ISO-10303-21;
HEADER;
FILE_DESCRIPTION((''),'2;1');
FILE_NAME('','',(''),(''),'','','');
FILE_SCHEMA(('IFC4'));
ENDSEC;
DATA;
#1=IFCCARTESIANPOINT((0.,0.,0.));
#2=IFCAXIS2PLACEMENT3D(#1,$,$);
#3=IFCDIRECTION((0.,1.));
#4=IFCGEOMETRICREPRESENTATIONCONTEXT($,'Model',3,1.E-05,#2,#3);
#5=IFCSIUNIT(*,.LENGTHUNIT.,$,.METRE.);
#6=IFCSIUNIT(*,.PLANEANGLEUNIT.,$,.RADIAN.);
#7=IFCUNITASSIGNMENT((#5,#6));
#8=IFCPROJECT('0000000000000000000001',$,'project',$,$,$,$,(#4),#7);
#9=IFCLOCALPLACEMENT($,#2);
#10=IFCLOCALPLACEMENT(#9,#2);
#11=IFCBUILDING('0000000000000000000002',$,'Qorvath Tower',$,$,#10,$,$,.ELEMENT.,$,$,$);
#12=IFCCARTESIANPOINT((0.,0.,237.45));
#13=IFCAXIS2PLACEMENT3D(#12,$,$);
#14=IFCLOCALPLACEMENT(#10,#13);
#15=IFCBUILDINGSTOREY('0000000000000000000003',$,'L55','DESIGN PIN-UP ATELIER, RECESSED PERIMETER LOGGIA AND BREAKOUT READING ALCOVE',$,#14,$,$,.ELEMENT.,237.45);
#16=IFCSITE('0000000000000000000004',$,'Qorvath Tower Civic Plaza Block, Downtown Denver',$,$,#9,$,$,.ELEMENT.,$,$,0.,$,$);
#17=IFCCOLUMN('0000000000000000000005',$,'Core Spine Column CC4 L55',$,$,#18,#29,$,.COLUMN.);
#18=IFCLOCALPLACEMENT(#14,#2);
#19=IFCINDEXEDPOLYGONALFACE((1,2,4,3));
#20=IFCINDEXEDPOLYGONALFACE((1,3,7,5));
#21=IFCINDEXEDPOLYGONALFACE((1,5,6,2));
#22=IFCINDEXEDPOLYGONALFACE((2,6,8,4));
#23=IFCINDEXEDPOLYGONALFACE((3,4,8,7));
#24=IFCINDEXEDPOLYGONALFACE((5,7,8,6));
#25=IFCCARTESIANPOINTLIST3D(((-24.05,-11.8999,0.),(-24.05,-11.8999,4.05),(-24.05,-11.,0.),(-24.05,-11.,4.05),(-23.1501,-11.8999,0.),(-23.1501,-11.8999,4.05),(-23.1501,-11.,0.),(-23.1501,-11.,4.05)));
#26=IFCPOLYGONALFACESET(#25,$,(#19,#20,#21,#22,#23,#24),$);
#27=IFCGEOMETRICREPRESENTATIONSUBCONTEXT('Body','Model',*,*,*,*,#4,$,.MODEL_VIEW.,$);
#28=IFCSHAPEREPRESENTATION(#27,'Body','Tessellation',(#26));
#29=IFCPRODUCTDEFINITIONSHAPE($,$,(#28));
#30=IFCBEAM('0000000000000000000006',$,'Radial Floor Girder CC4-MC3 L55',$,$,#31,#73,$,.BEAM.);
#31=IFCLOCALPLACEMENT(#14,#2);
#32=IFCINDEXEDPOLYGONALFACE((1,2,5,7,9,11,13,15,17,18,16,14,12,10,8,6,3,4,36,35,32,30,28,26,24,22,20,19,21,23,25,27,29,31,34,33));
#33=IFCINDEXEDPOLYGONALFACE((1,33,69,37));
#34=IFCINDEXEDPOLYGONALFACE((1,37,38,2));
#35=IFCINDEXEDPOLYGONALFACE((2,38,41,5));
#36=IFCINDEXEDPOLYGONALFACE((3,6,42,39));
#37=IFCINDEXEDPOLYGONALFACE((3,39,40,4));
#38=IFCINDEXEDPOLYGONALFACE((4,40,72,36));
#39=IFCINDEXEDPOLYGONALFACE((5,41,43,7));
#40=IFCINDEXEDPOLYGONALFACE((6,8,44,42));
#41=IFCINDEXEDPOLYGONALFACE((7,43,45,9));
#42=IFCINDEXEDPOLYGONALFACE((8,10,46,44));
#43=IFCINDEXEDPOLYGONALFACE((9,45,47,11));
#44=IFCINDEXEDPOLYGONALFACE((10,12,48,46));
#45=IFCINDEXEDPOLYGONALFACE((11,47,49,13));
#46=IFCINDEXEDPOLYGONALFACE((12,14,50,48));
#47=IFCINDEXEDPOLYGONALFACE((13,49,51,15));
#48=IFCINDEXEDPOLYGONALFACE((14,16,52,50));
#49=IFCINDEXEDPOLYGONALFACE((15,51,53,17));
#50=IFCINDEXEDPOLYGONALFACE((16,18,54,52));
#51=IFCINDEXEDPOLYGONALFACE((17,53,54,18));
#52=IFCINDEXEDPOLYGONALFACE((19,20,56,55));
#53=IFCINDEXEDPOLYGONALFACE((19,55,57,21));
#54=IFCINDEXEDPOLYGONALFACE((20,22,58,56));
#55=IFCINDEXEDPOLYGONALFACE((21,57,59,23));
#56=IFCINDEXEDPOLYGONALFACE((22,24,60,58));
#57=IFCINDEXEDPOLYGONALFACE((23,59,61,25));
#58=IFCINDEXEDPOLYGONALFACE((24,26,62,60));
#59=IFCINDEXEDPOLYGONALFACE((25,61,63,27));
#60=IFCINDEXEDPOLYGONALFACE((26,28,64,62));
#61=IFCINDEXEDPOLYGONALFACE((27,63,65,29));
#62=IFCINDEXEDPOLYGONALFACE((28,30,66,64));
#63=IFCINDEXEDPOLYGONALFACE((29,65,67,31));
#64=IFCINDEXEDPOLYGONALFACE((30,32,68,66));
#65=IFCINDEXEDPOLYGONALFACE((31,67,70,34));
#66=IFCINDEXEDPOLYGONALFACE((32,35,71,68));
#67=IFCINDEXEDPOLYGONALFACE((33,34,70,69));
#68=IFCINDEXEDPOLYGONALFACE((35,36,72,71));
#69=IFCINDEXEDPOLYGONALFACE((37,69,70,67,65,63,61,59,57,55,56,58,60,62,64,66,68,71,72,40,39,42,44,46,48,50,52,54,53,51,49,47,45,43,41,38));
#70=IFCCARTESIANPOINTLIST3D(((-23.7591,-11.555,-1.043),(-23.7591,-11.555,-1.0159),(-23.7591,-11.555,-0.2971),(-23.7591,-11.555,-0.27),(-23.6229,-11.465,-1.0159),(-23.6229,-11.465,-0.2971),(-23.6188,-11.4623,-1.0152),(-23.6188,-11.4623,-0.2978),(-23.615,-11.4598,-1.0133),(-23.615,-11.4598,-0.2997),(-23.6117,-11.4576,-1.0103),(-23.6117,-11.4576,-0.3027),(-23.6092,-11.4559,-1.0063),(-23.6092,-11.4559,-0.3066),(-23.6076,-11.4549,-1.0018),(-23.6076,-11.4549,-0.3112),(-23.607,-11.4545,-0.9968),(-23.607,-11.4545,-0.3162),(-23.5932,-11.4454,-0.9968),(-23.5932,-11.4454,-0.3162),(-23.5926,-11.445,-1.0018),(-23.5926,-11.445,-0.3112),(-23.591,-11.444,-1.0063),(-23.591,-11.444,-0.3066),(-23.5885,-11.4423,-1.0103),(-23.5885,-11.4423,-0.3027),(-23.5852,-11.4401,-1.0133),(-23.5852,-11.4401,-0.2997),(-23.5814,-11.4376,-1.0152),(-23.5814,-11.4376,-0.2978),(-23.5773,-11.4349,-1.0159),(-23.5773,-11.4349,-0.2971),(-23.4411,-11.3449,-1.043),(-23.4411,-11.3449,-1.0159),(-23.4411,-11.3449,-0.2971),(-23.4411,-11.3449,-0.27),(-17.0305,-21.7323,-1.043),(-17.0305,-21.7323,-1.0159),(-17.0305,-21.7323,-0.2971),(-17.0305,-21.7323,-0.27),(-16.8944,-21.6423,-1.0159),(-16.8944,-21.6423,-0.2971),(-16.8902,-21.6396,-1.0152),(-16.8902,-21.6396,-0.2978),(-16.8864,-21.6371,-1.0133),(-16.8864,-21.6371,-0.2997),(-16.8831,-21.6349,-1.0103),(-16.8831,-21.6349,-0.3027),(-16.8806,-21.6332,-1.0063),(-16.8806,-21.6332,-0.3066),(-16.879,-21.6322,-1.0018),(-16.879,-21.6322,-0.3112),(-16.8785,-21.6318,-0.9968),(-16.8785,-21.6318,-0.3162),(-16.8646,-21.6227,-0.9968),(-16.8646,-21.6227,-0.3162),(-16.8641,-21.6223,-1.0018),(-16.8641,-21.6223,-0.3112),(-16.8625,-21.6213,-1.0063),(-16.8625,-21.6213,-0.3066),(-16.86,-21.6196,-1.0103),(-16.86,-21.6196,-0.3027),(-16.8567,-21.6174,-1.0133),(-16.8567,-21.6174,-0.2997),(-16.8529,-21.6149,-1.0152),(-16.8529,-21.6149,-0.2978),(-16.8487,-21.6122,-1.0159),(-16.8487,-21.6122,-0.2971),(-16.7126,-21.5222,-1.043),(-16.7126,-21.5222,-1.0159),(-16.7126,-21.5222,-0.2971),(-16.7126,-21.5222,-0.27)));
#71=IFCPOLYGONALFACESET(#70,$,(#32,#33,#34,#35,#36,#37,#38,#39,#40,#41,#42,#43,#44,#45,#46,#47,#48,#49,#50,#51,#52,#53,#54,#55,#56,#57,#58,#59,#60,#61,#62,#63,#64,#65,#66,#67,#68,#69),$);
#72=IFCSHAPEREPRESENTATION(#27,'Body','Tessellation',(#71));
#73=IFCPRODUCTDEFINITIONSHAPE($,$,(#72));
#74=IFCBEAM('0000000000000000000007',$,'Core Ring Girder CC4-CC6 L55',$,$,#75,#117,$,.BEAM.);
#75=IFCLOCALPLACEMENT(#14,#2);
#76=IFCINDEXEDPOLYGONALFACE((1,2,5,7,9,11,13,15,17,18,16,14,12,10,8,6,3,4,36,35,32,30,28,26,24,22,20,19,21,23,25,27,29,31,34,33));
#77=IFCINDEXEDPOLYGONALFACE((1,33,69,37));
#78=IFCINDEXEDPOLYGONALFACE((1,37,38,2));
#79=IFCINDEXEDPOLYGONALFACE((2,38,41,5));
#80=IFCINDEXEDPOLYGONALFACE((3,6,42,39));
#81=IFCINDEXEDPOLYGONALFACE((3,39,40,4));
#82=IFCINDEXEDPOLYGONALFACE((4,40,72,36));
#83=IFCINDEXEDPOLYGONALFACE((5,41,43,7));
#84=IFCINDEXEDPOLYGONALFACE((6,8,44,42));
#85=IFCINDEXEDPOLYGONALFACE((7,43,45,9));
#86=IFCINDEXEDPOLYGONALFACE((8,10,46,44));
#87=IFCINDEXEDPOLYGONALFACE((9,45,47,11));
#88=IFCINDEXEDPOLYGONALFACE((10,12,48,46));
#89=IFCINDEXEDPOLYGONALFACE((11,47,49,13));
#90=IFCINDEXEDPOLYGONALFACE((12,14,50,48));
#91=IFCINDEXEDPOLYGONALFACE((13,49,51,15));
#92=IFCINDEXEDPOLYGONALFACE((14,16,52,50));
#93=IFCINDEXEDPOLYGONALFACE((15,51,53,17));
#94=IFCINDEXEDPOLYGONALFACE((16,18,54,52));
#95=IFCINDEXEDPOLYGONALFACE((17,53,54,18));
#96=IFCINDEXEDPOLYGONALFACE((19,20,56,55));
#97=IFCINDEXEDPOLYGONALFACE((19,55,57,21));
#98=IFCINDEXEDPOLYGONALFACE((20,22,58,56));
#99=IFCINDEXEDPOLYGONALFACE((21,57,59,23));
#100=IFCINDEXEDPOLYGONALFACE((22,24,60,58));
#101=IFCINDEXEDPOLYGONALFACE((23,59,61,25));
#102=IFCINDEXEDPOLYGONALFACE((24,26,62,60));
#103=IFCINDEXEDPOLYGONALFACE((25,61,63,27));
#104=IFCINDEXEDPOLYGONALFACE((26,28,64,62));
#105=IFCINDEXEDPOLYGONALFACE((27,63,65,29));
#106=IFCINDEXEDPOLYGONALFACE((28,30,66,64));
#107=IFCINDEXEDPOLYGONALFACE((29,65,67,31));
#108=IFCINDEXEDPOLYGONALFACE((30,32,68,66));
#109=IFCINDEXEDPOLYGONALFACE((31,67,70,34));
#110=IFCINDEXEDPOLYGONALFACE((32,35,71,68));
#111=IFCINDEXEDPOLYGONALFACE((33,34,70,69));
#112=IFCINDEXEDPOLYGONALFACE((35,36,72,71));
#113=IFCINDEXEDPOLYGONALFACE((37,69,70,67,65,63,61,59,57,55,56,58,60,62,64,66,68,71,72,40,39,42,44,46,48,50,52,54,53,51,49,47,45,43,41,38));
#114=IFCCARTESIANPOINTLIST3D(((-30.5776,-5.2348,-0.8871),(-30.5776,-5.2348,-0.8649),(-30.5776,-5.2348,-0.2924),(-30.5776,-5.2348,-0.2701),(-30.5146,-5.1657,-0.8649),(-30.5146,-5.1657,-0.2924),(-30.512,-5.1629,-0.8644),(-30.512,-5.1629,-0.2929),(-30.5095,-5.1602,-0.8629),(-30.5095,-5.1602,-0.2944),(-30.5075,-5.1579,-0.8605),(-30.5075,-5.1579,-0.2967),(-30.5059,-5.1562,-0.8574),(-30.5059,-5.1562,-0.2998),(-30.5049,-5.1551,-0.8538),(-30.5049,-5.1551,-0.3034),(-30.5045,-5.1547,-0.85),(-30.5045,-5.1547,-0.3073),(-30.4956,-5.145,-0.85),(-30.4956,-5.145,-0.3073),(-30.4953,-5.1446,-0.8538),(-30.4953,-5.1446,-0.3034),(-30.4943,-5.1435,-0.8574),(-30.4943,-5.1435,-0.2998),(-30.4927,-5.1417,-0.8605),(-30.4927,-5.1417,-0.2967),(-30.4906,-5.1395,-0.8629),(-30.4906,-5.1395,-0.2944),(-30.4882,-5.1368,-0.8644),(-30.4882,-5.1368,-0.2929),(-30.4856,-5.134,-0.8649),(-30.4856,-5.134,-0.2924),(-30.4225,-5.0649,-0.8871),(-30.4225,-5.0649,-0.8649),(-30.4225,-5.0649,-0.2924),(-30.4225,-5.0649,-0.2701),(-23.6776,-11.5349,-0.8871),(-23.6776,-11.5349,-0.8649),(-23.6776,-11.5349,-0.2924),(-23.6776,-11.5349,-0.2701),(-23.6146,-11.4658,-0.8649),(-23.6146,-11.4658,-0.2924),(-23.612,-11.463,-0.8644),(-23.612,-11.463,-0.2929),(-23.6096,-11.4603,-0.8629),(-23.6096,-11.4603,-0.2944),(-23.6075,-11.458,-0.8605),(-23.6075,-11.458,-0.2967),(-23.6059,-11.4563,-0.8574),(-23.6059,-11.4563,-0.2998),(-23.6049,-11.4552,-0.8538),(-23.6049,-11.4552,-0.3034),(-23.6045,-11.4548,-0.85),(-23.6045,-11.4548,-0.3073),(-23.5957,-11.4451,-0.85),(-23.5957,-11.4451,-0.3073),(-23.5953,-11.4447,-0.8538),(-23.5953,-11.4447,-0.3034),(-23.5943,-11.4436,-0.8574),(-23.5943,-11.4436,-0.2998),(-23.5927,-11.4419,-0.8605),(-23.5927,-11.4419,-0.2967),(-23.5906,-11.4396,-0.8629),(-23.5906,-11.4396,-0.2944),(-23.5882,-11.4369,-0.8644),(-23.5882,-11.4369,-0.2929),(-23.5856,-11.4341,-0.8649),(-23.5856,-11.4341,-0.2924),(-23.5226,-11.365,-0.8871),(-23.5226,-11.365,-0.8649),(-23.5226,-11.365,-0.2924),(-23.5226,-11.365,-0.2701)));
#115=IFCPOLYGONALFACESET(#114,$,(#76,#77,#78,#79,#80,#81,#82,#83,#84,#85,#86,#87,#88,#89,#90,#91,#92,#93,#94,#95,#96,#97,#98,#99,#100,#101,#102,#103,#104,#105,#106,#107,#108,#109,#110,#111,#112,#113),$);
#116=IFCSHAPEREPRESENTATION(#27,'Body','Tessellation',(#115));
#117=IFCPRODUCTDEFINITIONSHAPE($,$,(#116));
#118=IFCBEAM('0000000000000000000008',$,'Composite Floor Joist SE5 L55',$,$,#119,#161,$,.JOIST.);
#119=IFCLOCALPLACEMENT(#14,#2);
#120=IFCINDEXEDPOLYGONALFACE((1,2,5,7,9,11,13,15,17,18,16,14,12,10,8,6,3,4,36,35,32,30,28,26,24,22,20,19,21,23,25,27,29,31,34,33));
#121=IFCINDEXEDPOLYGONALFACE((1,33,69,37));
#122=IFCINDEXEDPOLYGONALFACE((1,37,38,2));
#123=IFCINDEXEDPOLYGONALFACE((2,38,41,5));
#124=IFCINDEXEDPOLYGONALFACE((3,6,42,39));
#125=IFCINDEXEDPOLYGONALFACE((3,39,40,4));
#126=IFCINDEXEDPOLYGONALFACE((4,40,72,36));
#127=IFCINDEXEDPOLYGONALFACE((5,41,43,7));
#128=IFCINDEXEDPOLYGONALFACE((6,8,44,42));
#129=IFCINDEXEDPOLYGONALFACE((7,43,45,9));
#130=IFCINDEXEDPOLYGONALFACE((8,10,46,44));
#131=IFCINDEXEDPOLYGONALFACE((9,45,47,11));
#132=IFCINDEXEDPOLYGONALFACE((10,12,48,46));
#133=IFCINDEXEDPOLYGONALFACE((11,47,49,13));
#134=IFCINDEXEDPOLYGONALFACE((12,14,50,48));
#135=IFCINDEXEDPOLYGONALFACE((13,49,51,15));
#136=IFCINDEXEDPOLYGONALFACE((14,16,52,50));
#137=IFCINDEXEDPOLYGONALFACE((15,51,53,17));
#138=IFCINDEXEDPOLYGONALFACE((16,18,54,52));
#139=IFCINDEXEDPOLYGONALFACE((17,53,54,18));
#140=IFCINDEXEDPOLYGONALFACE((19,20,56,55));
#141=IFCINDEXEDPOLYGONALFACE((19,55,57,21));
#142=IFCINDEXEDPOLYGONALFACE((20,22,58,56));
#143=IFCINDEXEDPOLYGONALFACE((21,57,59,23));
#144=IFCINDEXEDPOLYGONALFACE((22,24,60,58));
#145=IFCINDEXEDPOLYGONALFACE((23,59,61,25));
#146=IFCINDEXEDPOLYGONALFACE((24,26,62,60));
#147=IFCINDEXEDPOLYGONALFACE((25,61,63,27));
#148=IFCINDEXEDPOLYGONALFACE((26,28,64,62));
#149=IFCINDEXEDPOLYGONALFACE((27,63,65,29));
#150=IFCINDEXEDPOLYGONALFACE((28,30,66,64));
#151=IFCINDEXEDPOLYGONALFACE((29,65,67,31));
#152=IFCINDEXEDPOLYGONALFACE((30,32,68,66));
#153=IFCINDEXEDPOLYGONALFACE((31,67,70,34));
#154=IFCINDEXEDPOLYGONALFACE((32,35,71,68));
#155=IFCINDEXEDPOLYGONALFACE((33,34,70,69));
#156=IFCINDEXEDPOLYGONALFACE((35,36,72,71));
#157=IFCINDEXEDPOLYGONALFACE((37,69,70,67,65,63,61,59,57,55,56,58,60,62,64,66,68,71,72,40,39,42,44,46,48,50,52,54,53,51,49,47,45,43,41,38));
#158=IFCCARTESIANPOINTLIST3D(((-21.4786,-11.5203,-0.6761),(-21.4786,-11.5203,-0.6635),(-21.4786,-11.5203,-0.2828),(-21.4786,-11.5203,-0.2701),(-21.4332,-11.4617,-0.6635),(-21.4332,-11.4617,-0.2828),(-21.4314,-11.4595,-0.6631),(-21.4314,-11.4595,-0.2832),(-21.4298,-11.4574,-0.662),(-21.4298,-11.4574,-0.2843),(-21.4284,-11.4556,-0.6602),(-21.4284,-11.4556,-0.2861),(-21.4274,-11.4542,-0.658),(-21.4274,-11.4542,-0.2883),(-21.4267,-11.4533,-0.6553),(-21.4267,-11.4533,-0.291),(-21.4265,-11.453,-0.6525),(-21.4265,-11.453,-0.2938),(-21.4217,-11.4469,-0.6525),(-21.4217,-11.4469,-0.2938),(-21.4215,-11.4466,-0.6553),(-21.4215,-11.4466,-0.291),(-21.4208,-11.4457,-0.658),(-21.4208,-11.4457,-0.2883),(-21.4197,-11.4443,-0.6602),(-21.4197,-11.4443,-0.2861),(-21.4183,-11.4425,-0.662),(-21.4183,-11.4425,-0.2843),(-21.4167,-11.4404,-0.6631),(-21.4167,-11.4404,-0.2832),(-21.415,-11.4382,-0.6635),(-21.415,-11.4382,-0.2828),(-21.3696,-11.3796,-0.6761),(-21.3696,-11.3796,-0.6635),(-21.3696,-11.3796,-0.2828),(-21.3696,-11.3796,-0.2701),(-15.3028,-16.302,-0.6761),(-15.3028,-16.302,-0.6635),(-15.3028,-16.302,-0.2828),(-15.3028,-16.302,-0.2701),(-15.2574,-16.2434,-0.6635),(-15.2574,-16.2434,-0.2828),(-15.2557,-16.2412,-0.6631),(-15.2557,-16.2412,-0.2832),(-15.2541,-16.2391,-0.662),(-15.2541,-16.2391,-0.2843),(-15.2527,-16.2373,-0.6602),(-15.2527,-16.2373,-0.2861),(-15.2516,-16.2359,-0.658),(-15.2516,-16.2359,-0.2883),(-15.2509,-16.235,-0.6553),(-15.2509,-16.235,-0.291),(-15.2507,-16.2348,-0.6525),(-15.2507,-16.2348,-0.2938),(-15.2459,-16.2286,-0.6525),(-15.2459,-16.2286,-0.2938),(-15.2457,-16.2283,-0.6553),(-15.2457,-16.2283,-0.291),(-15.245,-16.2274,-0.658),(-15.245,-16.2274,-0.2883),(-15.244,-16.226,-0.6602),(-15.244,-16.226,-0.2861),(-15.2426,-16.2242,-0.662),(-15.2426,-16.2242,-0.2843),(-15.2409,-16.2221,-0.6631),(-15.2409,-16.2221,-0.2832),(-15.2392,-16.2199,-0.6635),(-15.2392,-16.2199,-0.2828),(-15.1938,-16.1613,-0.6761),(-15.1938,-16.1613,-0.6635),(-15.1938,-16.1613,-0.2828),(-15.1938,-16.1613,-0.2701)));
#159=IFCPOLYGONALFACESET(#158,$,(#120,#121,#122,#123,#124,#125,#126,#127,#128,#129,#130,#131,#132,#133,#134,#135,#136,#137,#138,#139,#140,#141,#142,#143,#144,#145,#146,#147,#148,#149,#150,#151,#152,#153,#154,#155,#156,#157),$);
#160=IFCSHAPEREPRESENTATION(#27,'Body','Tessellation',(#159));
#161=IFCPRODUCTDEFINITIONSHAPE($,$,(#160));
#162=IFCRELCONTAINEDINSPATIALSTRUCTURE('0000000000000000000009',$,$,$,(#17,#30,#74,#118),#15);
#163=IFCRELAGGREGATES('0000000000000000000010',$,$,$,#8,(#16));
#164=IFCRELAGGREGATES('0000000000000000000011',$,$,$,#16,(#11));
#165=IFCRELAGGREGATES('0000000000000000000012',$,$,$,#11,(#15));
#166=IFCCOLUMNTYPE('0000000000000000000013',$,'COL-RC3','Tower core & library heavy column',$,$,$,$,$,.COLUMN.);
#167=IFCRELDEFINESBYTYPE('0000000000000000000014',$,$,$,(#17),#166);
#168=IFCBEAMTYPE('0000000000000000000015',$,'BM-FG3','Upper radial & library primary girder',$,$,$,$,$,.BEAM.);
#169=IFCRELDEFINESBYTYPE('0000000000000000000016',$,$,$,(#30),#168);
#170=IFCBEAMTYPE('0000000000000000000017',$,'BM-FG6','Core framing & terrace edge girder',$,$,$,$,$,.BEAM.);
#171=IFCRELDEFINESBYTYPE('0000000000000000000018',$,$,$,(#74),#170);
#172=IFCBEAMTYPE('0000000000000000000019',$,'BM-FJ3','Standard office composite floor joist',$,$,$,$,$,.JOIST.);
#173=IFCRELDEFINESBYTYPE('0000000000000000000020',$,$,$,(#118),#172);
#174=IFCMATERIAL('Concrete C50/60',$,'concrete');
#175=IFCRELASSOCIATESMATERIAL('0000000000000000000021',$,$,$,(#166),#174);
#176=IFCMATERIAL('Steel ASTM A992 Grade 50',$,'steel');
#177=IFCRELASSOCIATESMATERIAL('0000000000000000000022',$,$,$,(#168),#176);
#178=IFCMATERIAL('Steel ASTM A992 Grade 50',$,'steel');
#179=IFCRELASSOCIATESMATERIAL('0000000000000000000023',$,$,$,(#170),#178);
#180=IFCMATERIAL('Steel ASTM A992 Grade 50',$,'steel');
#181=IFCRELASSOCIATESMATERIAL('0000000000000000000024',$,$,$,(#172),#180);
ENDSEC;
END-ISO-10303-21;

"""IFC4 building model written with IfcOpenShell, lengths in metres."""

from ifc_helpers import new_model, si_unit, direction, frame, origin, origin_2d, place, context, subcontext, project, spatial, rectangle, i_section, extrude, material, material_profile, profile_set, type_object, element, save


model = new_model("IFC4")

# Units and contexts
model_context = context("Model", 3, precision=1e-05, world=origin(), true_north=direction((0.0, 1.0)))
body_context = subcontext(model_context, "Body", "Model", "MODEL_VIEW")
ifc_project = project(units=[si_unit("LENGTHUNIT", "METRE"), si_unit("PLANEANGLEUNIT", "RADIAN")], contexts=[model_context])

# Site, building, storey
site_placement = place(None, origin())
site = spatial("IfcSite", under=ifc_project, at=site_placement, Name="Qorvath Tower Civic Plaza Block, Downtown Denver", CompositionType="ELEMENT", RefElevation=0.0)
building_placement = place(site_placement, origin())
building = spatial("IfcBuilding", under=site, at=building_placement, Name="Qorvath Tower", CompositionType="ELEMENT")
storey_placement = place(building_placement, frame((0.0, 0.0, 237.45)))
storey = spatial("IfcBuildingStorey", under=building, at=storey_placement, Name="L55", Description="DESIGN PIN-UP ATELIER, RECESSED PERIMETER LOGGIA AND BREAKOUT READING ALCOVE", CompositionType="ELEMENT", Elevation=237.45)

# Column
ifc_material_1 = material(Name="Concrete C50/60", Category="concrete")
ifc_material_profile_1 = material_profile(ifc_material_1, rectangle(XDim=0.8999, YDim=0.8999, at=origin_2d()), Name="RC 900x900")
ifc_profile_set_1 = profile_set([ifc_material_profile_1], Name="Concrete C50/60")
column_type = type_object("IfcColumnType", Name="COL-RC3", Description="Tower core & library heavy column", PredefinedType="COLUMN", material=ifc_profile_set_1)
column_placement = place(storey_placement, frame((-23.6001, -11.45, 0.0), z_axis=(0.0, 0.0, 1.0), x_axis=(1.0, 0.0, 0.0)))
element("IfcColumn", 1, at=column_placement, inside=storey, type_object=column_type, Name="Core Spine Column CC4 L55", PredefinedType="COLUMN", context=body_context, shape_type="SweptSolid", body=[
    extrude(rectangle(XDim=0.8999, YDim=0.8999, at=origin_2d()), origin(), (0.0, 0.0, 1.0), 4.05),
])

# Beams
ifc_material_2 = material(Name="Steel ASTM A992 Grade 50", Category="steel")
ifc_material_profile_2 = material_profile(ifc_material_2, i_section(OverallWidth=0.3811, OverallDepth=0.7729, WebThickness=0.0166, FlangeThickness=0.0271, FilletRadius=0.019, at=origin_2d()), Name="W30x173")
ifc_profile_set_2 = profile_set([ifc_material_profile_2], Name="Steel ASTM A992 Grade 50")
beam_type_1 = type_object("IfcBeamType", Name="BM-FG3", Description="Upper radial & library primary girder", PredefinedType="BEAM", material=ifc_profile_set_2)
beam_1_placement = place(storey_placement, frame((-23.6001, -11.45, -0.6565), z_axis=(0.551501, -0.834175, 0.0), x_axis=(0.834175, 0.551501, 0.0)))
element("IfcBeam", 2, at=beam_1_placement, inside=storey, type_object=beam_type_1, Name="Radial Floor Girder CC4-MC3 L55", PredefinedType="BEAM", context=body_context, shape_type="SweptSolid", body=[
    extrude(i_section(OverallWidth=0.3811, OverallDepth=0.7729, WebThickness=0.0166, FlangeThickness=0.0271, FilletRadius=0.019, at=origin_2d()), origin(), (0.0, 0.0, 1.0), 12.2004),
])
ifc_material_3 = material(Name="Steel ASTM A992 Grade 50", Category="steel")
ifc_material_profile_3 = material_profile(ifc_material_3, i_section(OverallWidth=0.23, OverallDepth=0.6169, WebThickness=0.0132, FlangeThickness=0.0222, FilletRadius=0.0149, at=origin_2d()), Name="W24x94")
ifc_profile_set_3 = profile_set([ifc_material_profile_3], Name="Steel ASTM A992 Grade 50")
beam_type_2 = type_object("IfcBeamType", Name="BM-FG6", Description="Core framing & terrace edge girder", PredefinedType="BEAM", material=ifc_profile_set_3)
beam_2_placement = place(storey_placement, frame((-23.6001, -11.45, -0.5786), z_axis=(-0.738478, 0.674277, 0.0), x_axis=(-0.674277, -0.738478, 0.0)))
element("IfcBeam", 3, at=beam_2_placement, inside=storey, type_object=beam_type_2, Name="Core Ring Girder CC4-CC6 L55", PredefinedType="BEAM", context=body_context, shape_type="SweptSolid", body=[
    extrude(i_section(OverallWidth=0.23, OverallDepth=0.6169, WebThickness=0.0132, FlangeThickness=0.0222, FilletRadius=0.0149, at=origin_2d()), origin(), (0.0, 0.0, 1.0), 9.3435),
])
ifc_material_4 = material(Name="Steel ASTM A992 Grade 50", Category="steel")
ifc_material_profile_4 = material_profile(ifc_material_4, i_section(OverallWidth=0.178, OverallDepth=0.406, WebThickness=0.0078, FlangeThickness=0.0127, FilletRadius=0.011, at=origin_2d()), Name="W16x40")
ifc_profile_set_4 = profile_set([ifc_material_profile_4], Name="Steel ASTM A992 Grade 50")
beam_type_3 = type_object("IfcBeamType", Name="BM-FJ3", Description="Standard office composite floor joist", PredefinedType="JOIST", material=ifc_profile_set_4)
beam_3_placement = place(storey_placement, frame((-21.4241, -11.45, -0.4731), z_axis=(0.790693, -0.612212, 0.0), x_axis=(0.612212, 0.790693, 0.0)))
element("IfcBeam", 4, at=beam_3_placement, inside=storey, type_object=beam_type_3, Name="Composite Floor Joist SE5 L55", PredefinedType="JOIST", context=body_context, shape_type="SweptSolid", body=[
    extrude(i_section(OverallWidth=0.178, OverallDepth=0.406, WebThickness=0.0078, FlangeThickness=0.0127, FilletRadius=0.011, at=origin_2d()), origin(), (0.0, 0.0, 1.0), 7.8105),
])

save(model, "model.ifc")
